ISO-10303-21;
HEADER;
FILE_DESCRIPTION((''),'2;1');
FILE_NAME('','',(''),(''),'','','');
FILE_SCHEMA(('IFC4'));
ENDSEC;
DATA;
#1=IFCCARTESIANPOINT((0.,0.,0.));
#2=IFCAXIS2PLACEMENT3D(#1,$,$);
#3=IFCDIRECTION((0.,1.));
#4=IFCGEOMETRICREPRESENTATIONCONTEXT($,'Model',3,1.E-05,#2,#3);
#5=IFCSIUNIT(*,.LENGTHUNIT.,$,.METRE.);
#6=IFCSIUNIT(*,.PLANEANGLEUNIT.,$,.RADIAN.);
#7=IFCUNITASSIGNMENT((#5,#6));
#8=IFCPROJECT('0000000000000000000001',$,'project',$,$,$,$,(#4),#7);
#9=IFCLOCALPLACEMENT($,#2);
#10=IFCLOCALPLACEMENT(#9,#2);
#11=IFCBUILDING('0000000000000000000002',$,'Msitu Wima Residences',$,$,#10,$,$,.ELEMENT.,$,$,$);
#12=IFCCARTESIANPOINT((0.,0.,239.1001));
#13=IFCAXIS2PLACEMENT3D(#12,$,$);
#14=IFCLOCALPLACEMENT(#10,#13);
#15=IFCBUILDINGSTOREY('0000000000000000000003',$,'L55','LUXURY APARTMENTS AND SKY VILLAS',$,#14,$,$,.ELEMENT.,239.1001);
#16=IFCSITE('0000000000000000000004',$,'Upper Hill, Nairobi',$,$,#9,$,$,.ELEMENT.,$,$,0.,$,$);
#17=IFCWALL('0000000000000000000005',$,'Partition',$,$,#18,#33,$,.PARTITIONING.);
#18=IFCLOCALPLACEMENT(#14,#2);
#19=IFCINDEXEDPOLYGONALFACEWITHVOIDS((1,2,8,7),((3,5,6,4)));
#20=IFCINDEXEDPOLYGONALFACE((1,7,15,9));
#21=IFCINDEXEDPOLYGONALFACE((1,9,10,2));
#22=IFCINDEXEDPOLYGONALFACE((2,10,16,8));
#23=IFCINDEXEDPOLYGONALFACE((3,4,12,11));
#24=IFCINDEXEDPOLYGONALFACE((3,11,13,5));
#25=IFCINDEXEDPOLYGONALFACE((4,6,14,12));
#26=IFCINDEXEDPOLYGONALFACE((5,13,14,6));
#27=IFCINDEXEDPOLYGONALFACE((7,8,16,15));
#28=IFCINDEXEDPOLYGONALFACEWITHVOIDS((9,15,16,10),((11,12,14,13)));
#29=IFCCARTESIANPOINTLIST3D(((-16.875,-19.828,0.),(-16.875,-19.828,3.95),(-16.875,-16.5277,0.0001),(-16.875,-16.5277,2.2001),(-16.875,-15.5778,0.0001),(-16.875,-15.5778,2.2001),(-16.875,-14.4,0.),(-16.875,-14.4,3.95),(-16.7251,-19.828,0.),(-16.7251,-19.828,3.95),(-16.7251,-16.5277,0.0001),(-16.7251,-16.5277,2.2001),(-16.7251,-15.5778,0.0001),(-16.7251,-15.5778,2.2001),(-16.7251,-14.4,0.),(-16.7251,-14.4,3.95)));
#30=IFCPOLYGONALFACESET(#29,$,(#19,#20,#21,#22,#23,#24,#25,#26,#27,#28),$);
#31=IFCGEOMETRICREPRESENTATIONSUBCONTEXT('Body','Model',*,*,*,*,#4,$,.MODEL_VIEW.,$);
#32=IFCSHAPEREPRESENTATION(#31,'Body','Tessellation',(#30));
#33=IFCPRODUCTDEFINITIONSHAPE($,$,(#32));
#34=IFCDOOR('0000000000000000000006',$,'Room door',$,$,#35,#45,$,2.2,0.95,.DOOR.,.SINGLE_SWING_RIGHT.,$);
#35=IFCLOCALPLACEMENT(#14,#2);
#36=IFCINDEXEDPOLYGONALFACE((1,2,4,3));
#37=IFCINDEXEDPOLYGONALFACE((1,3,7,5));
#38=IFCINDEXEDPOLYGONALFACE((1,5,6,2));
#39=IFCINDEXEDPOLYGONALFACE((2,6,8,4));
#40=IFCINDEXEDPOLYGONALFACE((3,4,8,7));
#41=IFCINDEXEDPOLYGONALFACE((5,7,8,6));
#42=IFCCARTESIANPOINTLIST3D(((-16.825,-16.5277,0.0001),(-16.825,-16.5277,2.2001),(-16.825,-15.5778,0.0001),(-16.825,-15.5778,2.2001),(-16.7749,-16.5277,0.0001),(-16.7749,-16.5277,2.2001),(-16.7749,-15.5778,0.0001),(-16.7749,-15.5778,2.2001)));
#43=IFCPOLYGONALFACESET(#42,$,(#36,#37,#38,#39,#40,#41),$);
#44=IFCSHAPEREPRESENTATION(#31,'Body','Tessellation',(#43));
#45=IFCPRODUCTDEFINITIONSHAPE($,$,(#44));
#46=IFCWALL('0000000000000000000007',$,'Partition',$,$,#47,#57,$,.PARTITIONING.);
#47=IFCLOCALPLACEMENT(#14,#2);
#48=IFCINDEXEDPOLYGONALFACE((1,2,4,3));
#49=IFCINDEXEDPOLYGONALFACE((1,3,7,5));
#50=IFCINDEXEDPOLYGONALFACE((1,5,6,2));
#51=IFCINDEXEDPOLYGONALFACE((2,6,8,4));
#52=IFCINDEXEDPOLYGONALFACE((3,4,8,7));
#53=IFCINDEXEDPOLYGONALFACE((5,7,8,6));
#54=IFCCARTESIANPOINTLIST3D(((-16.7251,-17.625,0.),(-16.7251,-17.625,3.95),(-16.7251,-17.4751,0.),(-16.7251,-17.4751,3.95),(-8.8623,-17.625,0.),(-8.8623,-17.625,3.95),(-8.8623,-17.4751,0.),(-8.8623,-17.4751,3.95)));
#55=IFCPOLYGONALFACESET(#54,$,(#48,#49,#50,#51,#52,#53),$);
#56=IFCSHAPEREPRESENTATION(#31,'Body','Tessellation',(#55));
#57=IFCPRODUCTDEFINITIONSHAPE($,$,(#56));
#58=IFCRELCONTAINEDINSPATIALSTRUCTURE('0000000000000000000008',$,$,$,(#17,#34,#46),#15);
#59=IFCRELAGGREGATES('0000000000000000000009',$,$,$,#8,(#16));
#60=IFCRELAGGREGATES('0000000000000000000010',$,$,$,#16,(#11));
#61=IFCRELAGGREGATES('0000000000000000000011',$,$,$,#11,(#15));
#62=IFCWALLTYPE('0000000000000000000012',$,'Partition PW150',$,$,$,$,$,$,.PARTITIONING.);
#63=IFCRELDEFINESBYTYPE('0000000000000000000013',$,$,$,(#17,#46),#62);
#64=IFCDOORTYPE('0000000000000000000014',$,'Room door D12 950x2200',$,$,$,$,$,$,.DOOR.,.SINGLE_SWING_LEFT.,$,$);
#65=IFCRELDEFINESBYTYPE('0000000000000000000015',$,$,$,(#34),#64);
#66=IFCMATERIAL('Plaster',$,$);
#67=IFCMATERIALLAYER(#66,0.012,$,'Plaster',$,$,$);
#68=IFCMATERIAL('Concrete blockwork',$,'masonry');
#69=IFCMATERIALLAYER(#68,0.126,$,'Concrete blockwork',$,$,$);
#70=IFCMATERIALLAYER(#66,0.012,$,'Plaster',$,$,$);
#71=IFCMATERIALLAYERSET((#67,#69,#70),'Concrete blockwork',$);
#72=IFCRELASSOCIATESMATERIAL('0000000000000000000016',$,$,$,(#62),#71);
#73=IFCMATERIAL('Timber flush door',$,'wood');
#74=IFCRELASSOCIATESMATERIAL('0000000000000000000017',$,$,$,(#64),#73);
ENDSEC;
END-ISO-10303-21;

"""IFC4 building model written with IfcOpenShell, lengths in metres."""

from ifc_helpers import new_model, si_unit, direction, frame, frame_2d, origin, place, context, subcontext, project, spatial, rectangle, extrude, material, layer, layer_set, type_object, element, fill, save


model = new_model("IFC4")

# Units and contexts
model_context = context("Model", 3, precision=1e-05, world=origin(), true_north=direction((0.0, 1.0)))
body_context = subcontext(model_context, "Body", "Model", "MODEL_VIEW")
ifc_project = project(units=[si_unit("LENGTHUNIT", "METRE"), si_unit("PLANEANGLEUNIT", "RADIAN")], contexts=[model_context])

# Site, building, storey
site_placement = place(None, origin())
site = spatial("IfcSite", under=ifc_project, at=site_placement, Name="Upper Hill, Nairobi", CompositionType="ELEMENT", RefElevation=0.0)
building_placement = place(site_placement, origin())
building = spatial("IfcBuilding", under=site, at=building_placement, Name="Msitu Wima Residences", CompositionType="ELEMENT")
storey_placement = place(building_placement, frame((0.0, 0.0, 239.1001)))
storey = spatial("IfcBuildingStorey", under=building, at=storey_placement, Name="L55", Description="LUXURY APARTMENTS AND SKY VILLAS", CompositionType="ELEMENT", Elevation=239.1001)

# Shared definitions
ifc_material_1 = material(Name="Plaster")
ifc_material_2 = material(Name="Concrete blockwork", Category="masonry")

# Shared definitions
ifc_layer_1 = layer(ifc_material_1, 0.012, Name="Plaster")
ifc_layer_2 = layer(ifc_material_2, 0.126, Name="Concrete blockwork")
ifc_layer_3 = layer(ifc_material_1, 0.012, Name="Plaster")
ifc_layer_set_1 = layer_set([ifc_layer_1, ifc_layer_2, ifc_layer_3], Name="Concrete blockwork")
wall_type_1 = type_object("IfcWallType", Name="Partition PW150", PredefinedType="PARTITIONING", material=ifc_layer_set_1)

# Wall, opening, door
wall_1_placement = place(storey_placement, frame((-16.8, -19.8279, 0.0), z_axis=(0.0, 0.0, 1.0), x_axis=(0.0, 1.0, 0.0)))
wall_1 = element("IfcWall", 1, at=wall_1_placement, inside=storey, type_object=wall_type_1, Name="Partition", PredefinedType="PARTITIONING", context=body_context, shape_type="SweptSolid", body=[
    extrude(rectangle(XDim=5.428, YDim=0.1499, at=frame_2d((2.7139, 0.0))), origin(), (0.0, 0.0, 1.0), 3.95),
])
opening_1_placement = place(wall_1_placement, frame((3.3, 0.0, 0.0)))
opening_1 = element("IfcOpeningElement", 2, at=opening_1_placement, cuts=wall_1, PredefinedType="OPENING", context=body_context, shape_type="SweptSolid", body=[
    extrude(rectangle(XDim=0.95, YDim=2.2, at=frame_2d((0.4751, 1.1001))), frame((0.0, 0.085, 0.0), z_axis=(0.0, -1.0, 0.0), x_axis=(1.0, 0.0, 0.0)), (0.0, 0.0, 1.0), 0.1699),
])
ifc_material_3 = material(Name="Timber flush door", Category="wood")
door_type_1 = type_object("IfcDoorType", Name="Room door D12 950x2200", OperationType="SINGLE_SWING_LEFT", PredefinedType="DOOR", material=ifc_material_3)
door_1_placement = place(opening_1_placement, origin())
door_1 = element("IfcDoor", 3, at=door_1_placement, inside=storey, type_object=door_type_1, Name="Room door", OperationType="SINGLE_SWING_RIGHT", OverallHeight=2.2, OverallWidth=0.95, PredefinedType="DOOR", context=body_context, shape_type="SweptSolid", body=[
    extrude(rectangle(XDim=0.95, YDim=2.2, at=frame_2d((0.4751, 1.1001))), frame((0.0, 0.0249, 0.0), z_axis=(0.0, -1.0, 0.0), x_axis=(1.0, 0.0, 0.0)), (0.0, 0.0, 1.0), 0.05),
])
fill(opening_1, door_1)

# Wall
wall_2_placement = place(storey_placement, frame((-16.7251, -17.55, 0.0), z_axis=(0.0, 0.0, 1.0), x_axis=(1.0, 0.0, 0.0)))
element("IfcWall", 4, at=wall_2_placement, inside=storey, type_object=wall_type_1, Name="Partition", PredefinedType="PARTITIONING", context=body_context, shape_type="SweptSolid", body=[
    extrude(rectangle(XDim=7.8628, YDim=0.1499, at=frame_2d((3.9314, 0.0))), origin(), (0.0, 0.0, 1.0), 3.95),
])

save(model, "model.ifc")
